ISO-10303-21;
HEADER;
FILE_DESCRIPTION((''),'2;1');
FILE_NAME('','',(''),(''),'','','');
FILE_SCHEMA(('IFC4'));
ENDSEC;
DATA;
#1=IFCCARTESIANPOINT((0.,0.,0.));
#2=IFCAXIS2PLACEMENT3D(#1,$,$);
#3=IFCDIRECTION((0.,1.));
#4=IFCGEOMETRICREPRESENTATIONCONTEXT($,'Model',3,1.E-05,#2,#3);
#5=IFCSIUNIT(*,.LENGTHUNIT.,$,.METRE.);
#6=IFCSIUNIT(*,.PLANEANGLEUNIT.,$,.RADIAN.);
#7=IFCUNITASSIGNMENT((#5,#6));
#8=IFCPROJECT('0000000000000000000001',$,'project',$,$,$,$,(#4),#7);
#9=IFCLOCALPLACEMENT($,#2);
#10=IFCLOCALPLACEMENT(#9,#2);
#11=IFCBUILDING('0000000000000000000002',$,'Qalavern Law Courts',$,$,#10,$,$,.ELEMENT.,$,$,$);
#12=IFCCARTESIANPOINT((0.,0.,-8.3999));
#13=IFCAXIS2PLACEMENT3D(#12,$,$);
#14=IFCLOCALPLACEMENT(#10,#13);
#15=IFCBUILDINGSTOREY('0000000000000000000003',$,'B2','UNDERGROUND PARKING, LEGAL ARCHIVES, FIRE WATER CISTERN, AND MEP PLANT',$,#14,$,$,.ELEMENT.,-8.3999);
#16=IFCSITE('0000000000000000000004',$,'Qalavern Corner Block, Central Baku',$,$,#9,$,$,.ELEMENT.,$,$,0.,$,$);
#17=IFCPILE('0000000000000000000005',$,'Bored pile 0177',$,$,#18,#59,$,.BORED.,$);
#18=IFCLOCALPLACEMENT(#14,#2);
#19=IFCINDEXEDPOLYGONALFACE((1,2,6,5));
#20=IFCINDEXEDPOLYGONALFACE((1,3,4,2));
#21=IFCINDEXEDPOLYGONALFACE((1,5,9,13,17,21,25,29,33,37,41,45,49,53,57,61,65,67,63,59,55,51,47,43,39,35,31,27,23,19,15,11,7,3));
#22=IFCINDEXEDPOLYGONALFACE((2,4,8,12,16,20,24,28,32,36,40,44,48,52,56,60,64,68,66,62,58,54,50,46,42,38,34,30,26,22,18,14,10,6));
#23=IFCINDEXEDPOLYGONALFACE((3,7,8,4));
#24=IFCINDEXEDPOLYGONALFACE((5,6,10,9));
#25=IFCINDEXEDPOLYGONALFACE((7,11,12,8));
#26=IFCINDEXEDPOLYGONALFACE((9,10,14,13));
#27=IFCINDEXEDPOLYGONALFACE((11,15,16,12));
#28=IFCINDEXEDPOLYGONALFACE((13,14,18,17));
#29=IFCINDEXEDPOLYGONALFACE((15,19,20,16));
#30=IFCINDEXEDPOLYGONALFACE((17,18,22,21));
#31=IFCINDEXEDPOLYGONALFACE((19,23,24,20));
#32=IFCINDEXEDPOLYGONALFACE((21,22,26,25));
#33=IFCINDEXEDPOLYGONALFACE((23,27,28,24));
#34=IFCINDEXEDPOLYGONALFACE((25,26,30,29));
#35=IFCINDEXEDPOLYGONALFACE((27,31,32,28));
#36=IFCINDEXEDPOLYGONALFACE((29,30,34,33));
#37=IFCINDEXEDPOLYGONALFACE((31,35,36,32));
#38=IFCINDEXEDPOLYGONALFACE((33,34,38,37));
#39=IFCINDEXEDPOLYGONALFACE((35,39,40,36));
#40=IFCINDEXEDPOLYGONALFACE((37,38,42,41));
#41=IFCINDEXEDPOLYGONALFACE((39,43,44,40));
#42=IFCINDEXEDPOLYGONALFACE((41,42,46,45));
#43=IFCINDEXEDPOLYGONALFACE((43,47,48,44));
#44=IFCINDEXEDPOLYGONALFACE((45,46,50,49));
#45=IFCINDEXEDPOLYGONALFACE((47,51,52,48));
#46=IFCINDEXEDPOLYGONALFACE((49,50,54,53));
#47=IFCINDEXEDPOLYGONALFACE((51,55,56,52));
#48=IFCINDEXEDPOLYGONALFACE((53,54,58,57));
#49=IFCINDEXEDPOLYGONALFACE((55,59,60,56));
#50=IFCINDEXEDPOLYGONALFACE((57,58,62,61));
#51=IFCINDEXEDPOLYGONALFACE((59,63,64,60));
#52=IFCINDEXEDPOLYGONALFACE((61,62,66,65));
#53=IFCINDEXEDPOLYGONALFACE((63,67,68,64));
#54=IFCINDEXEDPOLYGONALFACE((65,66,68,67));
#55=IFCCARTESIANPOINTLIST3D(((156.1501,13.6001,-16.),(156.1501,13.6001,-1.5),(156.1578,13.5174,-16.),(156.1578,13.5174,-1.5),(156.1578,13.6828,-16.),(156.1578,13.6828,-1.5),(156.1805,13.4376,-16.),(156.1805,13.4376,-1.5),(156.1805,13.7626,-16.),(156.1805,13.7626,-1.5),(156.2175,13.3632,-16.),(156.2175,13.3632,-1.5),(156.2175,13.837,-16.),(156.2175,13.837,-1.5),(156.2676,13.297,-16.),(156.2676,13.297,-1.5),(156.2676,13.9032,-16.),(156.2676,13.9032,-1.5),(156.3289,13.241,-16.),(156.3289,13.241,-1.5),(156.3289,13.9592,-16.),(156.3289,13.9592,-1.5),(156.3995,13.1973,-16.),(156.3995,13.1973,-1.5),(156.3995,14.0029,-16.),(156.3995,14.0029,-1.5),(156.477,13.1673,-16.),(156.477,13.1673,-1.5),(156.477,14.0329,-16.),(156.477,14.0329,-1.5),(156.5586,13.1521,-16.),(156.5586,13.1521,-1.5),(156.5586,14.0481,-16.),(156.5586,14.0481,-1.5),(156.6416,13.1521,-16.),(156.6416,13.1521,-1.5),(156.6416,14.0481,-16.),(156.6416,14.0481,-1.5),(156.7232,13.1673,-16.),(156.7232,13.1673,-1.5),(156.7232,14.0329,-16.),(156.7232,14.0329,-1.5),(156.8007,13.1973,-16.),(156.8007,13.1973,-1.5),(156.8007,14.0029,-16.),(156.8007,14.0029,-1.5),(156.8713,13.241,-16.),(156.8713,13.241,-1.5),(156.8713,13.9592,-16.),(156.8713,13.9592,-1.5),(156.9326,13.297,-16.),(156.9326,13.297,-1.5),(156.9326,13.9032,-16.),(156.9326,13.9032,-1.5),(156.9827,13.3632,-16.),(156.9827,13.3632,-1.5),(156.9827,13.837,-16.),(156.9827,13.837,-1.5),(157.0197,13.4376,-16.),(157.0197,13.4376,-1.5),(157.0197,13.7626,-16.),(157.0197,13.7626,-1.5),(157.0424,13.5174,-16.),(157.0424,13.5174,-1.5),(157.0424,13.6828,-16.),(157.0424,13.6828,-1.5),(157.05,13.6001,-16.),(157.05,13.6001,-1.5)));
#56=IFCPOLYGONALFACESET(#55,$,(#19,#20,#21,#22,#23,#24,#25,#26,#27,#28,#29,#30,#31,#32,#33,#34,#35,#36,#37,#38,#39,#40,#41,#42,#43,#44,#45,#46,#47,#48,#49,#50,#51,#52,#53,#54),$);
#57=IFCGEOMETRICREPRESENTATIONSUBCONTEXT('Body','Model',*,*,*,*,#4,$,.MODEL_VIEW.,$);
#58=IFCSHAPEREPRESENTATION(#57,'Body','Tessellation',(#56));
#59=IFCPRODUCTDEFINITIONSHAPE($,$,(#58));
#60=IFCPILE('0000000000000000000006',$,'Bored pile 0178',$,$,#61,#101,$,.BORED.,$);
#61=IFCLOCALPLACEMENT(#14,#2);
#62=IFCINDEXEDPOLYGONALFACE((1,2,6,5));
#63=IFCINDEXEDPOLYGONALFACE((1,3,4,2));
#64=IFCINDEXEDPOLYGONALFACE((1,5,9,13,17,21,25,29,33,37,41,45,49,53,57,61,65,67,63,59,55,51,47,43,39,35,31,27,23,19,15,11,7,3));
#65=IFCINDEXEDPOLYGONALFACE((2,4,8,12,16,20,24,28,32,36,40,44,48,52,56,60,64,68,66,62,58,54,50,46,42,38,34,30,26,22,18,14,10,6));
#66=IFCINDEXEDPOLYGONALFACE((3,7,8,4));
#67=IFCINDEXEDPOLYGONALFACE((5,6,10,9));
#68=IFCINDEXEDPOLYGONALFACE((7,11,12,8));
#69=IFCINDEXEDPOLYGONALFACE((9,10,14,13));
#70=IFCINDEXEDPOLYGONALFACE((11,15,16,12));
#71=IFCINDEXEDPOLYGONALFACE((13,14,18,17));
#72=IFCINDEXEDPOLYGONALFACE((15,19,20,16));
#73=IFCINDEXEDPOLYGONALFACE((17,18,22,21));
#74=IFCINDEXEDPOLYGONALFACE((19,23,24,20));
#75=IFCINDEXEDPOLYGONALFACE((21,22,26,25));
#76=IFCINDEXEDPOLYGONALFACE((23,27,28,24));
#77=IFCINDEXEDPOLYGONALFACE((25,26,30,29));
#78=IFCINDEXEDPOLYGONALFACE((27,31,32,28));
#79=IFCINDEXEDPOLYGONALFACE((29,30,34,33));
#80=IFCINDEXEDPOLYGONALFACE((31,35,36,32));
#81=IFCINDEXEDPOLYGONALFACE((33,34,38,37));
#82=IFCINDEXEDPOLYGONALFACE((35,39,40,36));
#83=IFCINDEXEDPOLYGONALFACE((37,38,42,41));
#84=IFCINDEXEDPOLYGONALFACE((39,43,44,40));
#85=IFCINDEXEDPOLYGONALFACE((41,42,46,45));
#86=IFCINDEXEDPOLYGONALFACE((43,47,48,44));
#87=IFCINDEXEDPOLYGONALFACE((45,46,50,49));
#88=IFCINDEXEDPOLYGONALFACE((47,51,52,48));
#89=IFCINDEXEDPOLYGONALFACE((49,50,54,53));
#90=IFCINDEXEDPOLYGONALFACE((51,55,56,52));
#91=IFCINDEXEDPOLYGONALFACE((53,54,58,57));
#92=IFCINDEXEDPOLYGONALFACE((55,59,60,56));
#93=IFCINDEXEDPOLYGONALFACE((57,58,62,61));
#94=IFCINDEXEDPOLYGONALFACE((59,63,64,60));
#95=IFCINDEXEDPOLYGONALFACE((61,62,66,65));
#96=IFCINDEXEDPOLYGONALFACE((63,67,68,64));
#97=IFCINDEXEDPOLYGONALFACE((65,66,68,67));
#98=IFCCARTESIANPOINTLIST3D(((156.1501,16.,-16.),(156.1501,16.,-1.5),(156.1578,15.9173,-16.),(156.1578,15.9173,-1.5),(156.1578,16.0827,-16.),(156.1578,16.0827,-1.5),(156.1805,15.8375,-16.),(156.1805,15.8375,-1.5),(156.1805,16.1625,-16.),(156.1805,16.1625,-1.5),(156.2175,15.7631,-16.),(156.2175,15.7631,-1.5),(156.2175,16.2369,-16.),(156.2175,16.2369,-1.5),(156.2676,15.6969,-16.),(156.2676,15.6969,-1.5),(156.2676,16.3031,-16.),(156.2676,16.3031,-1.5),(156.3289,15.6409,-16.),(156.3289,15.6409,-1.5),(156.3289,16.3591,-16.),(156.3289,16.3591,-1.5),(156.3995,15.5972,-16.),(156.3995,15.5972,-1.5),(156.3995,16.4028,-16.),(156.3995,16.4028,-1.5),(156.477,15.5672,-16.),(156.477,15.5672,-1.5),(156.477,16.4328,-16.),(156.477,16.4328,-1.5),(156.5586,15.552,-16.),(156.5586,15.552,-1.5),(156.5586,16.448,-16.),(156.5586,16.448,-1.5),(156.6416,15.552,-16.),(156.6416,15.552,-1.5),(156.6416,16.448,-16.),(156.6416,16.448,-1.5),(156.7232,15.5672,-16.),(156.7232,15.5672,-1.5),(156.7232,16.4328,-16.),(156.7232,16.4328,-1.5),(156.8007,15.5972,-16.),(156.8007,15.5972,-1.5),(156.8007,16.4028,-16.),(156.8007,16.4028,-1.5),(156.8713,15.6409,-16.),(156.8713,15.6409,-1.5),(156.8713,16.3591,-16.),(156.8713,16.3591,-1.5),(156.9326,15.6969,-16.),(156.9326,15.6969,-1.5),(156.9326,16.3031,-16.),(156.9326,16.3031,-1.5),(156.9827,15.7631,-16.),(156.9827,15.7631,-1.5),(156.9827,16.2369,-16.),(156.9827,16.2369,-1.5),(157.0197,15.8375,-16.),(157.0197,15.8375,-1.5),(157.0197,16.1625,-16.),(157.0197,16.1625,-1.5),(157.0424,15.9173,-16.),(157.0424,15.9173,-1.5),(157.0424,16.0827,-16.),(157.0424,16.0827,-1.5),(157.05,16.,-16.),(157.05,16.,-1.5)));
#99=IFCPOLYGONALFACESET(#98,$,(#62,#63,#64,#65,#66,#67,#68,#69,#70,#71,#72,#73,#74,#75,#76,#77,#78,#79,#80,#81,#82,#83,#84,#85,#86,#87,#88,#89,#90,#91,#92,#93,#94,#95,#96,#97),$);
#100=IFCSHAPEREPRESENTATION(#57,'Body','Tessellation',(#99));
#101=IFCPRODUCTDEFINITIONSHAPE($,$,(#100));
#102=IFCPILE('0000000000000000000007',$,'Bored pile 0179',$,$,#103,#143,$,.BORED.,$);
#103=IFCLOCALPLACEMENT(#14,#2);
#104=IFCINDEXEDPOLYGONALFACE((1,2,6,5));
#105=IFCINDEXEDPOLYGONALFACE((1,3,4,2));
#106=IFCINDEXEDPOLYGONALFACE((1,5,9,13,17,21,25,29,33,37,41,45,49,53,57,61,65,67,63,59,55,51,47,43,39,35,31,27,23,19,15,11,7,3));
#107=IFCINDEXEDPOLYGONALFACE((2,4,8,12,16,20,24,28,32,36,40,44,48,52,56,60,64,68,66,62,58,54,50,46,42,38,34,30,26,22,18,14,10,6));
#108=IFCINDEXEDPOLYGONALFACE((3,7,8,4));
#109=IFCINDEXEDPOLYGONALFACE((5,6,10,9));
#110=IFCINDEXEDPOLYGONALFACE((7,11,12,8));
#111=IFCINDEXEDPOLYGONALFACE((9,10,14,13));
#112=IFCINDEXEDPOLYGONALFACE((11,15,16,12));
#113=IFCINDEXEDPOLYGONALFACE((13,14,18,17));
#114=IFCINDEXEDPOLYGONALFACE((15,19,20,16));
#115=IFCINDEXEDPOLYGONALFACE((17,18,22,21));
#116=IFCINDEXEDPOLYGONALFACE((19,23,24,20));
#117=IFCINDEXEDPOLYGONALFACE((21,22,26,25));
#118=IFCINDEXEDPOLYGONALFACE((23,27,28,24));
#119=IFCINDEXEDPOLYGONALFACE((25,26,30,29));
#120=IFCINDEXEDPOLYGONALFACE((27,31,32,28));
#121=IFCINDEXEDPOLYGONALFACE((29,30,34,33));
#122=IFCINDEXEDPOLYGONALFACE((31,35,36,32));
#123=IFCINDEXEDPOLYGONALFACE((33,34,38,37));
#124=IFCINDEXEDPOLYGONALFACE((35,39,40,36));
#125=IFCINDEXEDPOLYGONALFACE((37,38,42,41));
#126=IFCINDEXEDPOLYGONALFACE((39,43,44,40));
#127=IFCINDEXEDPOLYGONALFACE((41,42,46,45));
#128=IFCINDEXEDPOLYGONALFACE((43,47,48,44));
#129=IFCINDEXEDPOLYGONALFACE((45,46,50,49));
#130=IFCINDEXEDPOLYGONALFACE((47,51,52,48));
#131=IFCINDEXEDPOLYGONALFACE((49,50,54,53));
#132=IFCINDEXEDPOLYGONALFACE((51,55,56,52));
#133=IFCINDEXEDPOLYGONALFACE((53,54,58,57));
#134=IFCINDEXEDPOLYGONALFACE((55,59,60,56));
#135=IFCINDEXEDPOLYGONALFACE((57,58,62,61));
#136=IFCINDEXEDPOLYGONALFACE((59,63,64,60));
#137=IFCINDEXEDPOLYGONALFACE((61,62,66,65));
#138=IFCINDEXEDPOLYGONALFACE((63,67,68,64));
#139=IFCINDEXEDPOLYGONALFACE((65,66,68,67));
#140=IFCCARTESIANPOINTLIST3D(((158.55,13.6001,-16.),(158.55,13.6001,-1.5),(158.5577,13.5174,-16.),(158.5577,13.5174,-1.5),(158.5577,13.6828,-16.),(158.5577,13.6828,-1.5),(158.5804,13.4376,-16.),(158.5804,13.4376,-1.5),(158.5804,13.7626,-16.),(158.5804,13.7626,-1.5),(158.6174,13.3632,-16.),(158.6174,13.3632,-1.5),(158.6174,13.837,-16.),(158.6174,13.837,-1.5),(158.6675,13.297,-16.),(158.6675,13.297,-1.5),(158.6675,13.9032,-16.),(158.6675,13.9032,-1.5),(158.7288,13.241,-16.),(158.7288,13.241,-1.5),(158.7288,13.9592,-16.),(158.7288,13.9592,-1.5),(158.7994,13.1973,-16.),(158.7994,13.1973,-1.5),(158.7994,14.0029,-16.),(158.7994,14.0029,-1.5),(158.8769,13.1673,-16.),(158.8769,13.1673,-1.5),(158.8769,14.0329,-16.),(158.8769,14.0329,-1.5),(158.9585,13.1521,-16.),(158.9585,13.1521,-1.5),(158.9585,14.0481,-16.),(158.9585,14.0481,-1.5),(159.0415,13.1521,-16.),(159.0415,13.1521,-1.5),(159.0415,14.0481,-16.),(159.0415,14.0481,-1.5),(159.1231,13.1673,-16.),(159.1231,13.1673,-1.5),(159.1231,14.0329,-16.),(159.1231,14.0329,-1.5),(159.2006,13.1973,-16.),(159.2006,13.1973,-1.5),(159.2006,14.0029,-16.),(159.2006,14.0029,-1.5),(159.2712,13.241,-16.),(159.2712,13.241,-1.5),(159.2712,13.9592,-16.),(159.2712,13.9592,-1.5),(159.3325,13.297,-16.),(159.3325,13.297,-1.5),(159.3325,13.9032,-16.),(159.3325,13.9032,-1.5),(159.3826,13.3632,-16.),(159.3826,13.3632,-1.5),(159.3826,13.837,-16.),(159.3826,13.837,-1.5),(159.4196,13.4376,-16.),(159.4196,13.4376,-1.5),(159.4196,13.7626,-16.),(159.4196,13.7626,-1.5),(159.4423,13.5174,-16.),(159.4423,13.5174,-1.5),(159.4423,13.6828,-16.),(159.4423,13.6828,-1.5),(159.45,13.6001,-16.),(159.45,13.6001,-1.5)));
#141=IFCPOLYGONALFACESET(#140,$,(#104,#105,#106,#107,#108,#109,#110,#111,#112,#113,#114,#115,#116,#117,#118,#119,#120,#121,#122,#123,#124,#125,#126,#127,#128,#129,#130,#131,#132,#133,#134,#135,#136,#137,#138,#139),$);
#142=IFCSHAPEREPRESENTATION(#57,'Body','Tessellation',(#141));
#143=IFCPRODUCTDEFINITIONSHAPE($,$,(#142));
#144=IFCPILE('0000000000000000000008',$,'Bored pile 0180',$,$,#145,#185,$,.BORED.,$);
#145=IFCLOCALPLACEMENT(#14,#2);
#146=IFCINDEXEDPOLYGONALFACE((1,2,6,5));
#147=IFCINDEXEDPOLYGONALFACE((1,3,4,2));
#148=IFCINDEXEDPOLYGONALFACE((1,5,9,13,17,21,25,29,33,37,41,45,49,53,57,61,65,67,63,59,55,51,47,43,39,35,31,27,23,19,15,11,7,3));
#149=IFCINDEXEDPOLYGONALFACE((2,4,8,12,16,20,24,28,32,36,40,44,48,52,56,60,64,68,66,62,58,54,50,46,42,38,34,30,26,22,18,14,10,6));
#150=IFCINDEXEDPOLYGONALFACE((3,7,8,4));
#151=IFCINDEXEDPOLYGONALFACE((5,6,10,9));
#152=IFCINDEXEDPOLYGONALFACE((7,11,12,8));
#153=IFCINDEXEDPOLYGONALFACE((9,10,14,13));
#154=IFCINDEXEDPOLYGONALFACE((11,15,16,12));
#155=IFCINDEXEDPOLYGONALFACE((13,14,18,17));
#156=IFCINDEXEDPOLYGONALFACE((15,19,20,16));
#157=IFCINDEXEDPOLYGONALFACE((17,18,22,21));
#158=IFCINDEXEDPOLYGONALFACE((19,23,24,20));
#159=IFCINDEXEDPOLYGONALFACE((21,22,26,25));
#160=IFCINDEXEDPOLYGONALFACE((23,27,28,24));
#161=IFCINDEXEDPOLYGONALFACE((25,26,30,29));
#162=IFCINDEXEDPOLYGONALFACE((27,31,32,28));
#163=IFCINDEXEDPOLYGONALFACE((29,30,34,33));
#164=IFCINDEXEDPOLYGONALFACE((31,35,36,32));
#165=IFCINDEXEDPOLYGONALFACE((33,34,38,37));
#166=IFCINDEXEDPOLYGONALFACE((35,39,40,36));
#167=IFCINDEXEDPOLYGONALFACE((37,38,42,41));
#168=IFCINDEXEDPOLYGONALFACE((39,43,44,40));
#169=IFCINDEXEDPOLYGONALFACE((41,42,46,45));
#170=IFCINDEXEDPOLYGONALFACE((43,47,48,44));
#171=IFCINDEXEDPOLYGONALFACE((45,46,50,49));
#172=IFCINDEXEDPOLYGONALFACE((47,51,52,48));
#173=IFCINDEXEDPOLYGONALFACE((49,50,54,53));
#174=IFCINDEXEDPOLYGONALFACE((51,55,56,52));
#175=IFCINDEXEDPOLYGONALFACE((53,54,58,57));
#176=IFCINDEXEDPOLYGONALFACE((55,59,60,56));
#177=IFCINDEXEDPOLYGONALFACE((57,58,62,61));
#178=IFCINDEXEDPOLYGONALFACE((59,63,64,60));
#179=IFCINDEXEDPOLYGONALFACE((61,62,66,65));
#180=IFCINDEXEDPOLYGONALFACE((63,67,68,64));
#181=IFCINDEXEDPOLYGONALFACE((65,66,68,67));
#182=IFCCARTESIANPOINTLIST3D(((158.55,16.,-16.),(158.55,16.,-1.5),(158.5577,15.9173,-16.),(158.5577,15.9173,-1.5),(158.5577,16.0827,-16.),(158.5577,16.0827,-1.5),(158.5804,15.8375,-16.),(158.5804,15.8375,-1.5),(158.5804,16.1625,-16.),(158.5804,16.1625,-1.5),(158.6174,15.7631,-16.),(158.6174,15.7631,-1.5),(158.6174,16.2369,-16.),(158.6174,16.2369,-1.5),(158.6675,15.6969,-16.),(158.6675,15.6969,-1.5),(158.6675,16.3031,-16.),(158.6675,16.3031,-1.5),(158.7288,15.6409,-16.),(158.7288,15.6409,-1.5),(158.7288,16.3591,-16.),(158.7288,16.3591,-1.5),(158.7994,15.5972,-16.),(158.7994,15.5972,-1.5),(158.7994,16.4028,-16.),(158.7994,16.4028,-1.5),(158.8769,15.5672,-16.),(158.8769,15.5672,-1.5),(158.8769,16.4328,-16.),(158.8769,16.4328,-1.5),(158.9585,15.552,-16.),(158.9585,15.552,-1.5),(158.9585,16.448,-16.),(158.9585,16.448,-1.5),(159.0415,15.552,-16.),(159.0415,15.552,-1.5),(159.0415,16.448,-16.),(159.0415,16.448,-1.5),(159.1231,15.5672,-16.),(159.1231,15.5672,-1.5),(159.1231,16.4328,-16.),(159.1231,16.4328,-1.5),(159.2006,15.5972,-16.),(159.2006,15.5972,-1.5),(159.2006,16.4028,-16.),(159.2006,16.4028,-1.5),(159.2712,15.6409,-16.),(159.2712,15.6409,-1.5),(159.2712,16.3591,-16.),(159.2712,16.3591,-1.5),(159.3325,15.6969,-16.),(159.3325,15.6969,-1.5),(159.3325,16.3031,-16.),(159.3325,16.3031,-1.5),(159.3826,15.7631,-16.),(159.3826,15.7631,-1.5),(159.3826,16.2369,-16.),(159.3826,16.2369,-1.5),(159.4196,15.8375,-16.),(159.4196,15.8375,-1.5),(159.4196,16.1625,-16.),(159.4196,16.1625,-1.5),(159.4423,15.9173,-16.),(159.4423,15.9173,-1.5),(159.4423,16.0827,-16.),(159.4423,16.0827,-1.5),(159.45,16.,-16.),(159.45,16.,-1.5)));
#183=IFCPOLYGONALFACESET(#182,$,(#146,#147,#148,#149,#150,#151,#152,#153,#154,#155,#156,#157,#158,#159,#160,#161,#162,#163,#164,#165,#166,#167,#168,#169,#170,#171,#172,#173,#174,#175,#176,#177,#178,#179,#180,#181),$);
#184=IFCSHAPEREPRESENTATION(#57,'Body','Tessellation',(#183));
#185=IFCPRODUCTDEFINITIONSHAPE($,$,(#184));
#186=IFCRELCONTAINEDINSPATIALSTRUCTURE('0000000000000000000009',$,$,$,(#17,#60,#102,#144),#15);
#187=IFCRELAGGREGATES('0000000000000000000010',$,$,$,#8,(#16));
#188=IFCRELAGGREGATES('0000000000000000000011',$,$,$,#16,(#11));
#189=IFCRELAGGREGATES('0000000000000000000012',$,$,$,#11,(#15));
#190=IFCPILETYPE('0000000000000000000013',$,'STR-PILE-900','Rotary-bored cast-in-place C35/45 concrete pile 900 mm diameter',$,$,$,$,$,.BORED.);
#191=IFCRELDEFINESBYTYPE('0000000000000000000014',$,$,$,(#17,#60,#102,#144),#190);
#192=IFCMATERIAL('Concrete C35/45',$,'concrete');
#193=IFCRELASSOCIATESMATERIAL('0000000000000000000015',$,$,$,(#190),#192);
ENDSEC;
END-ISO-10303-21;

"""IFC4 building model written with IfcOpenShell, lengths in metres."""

from ifc_helpers import new_model, si_unit, direction, frame, origin, origin_2d, place, context, subcontext, project, spatial, circle, extrude, material, material_profile, profile_set, type_object, element, save


model = new_model("IFC4")

# Units and contexts
model_context = context("Model", 3, precision=1e-05, world=origin(), true_north=direction((0.0, 1.0)))
body_context = subcontext(model_context, "Body", "Model", "MODEL_VIEW")
ifc_project = project(units=[si_unit("LENGTHUNIT", "METRE"), si_unit("PLANEANGLEUNIT", "RADIAN")], contexts=[model_context])

# Site, building, storey
site_placement = place(None, origin())
site = spatial("IfcSite", under=ifc_project, at=site_placement, Name="Qalavern Corner Block, Central Baku", CompositionType="ELEMENT", RefElevation=0.0)
building_placement = place(site_placement, origin())
building = spatial("IfcBuilding", under=site, at=building_placement, Name="Qalavern Law Courts", CompositionType="ELEMENT")
storey_placement = place(building_placement, frame((0.0, 0.0, -8.3999)))
storey = spatial("IfcBuildingStorey", under=building, at=storey_placement, Name="B2", Description="UNDERGROUND PARKING, LEGAL ARCHIVES, FIRE WATER CISTERN, AND MEP PLANT", CompositionType="ELEMENT", Elevation=-8.3999)

# Shared definitions
ifc_material_1 = material(Name="Concrete C35/45", Category="concrete")

# Piles
ifc_material_profile_1 = material_profile(ifc_material_1, circle(Radius=0.45, at=origin_2d()), Name="BORED PILE 900")
ifc_profile_set_1 = profile_set([ifc_material_profile_1], Name="Concrete C35/45")
pile_type_1 = type_object("IfcPileType", Name="STR-PILE-900", Description="Rotary-bored cast-in-place C35/45 concrete pile 900 mm diameter", PredefinedType="BORED", material=ifc_profile_set_1)
for number, where, z_axis, x_axis, name in (
    (1, (156.6001, 13.6001, -1.5), (0.0, 0.0, -1.0), (1.0, 0.0, 0.0), "Bored pile 0177"),
    (2, (156.6001, 16.0, -1.5), (0.0, 0.0, -1.0), (1.0, 0.0, 0.0), "Bored pile 0178"),
    (3, (159.0, 13.6001, -1.5), (0.0, 0.0, -1.0), (1.0, 0.0, 0.0), "Bored pile 0179"),
    (4, (159.0, 16.0, -1.5), (0.0, 0.0, -1.0), (1.0, 0.0, 0.0), "Bored pile 0180"),
):
    element("IfcPile", number, at=place(storey_placement, frame(where, z_axis=z_axis, x_axis=x_axis)), inside=storey, type_object=pile_type_1, Name=name, PredefinedType="BORED", context=body_context, shape_type="SweptSolid", body=[
        extrude(circle(Radius=0.45, at=origin_2d()), origin(), (0.0, 0.0, 1.0), 14.5),
    ])

save(model, "model.ifc")
